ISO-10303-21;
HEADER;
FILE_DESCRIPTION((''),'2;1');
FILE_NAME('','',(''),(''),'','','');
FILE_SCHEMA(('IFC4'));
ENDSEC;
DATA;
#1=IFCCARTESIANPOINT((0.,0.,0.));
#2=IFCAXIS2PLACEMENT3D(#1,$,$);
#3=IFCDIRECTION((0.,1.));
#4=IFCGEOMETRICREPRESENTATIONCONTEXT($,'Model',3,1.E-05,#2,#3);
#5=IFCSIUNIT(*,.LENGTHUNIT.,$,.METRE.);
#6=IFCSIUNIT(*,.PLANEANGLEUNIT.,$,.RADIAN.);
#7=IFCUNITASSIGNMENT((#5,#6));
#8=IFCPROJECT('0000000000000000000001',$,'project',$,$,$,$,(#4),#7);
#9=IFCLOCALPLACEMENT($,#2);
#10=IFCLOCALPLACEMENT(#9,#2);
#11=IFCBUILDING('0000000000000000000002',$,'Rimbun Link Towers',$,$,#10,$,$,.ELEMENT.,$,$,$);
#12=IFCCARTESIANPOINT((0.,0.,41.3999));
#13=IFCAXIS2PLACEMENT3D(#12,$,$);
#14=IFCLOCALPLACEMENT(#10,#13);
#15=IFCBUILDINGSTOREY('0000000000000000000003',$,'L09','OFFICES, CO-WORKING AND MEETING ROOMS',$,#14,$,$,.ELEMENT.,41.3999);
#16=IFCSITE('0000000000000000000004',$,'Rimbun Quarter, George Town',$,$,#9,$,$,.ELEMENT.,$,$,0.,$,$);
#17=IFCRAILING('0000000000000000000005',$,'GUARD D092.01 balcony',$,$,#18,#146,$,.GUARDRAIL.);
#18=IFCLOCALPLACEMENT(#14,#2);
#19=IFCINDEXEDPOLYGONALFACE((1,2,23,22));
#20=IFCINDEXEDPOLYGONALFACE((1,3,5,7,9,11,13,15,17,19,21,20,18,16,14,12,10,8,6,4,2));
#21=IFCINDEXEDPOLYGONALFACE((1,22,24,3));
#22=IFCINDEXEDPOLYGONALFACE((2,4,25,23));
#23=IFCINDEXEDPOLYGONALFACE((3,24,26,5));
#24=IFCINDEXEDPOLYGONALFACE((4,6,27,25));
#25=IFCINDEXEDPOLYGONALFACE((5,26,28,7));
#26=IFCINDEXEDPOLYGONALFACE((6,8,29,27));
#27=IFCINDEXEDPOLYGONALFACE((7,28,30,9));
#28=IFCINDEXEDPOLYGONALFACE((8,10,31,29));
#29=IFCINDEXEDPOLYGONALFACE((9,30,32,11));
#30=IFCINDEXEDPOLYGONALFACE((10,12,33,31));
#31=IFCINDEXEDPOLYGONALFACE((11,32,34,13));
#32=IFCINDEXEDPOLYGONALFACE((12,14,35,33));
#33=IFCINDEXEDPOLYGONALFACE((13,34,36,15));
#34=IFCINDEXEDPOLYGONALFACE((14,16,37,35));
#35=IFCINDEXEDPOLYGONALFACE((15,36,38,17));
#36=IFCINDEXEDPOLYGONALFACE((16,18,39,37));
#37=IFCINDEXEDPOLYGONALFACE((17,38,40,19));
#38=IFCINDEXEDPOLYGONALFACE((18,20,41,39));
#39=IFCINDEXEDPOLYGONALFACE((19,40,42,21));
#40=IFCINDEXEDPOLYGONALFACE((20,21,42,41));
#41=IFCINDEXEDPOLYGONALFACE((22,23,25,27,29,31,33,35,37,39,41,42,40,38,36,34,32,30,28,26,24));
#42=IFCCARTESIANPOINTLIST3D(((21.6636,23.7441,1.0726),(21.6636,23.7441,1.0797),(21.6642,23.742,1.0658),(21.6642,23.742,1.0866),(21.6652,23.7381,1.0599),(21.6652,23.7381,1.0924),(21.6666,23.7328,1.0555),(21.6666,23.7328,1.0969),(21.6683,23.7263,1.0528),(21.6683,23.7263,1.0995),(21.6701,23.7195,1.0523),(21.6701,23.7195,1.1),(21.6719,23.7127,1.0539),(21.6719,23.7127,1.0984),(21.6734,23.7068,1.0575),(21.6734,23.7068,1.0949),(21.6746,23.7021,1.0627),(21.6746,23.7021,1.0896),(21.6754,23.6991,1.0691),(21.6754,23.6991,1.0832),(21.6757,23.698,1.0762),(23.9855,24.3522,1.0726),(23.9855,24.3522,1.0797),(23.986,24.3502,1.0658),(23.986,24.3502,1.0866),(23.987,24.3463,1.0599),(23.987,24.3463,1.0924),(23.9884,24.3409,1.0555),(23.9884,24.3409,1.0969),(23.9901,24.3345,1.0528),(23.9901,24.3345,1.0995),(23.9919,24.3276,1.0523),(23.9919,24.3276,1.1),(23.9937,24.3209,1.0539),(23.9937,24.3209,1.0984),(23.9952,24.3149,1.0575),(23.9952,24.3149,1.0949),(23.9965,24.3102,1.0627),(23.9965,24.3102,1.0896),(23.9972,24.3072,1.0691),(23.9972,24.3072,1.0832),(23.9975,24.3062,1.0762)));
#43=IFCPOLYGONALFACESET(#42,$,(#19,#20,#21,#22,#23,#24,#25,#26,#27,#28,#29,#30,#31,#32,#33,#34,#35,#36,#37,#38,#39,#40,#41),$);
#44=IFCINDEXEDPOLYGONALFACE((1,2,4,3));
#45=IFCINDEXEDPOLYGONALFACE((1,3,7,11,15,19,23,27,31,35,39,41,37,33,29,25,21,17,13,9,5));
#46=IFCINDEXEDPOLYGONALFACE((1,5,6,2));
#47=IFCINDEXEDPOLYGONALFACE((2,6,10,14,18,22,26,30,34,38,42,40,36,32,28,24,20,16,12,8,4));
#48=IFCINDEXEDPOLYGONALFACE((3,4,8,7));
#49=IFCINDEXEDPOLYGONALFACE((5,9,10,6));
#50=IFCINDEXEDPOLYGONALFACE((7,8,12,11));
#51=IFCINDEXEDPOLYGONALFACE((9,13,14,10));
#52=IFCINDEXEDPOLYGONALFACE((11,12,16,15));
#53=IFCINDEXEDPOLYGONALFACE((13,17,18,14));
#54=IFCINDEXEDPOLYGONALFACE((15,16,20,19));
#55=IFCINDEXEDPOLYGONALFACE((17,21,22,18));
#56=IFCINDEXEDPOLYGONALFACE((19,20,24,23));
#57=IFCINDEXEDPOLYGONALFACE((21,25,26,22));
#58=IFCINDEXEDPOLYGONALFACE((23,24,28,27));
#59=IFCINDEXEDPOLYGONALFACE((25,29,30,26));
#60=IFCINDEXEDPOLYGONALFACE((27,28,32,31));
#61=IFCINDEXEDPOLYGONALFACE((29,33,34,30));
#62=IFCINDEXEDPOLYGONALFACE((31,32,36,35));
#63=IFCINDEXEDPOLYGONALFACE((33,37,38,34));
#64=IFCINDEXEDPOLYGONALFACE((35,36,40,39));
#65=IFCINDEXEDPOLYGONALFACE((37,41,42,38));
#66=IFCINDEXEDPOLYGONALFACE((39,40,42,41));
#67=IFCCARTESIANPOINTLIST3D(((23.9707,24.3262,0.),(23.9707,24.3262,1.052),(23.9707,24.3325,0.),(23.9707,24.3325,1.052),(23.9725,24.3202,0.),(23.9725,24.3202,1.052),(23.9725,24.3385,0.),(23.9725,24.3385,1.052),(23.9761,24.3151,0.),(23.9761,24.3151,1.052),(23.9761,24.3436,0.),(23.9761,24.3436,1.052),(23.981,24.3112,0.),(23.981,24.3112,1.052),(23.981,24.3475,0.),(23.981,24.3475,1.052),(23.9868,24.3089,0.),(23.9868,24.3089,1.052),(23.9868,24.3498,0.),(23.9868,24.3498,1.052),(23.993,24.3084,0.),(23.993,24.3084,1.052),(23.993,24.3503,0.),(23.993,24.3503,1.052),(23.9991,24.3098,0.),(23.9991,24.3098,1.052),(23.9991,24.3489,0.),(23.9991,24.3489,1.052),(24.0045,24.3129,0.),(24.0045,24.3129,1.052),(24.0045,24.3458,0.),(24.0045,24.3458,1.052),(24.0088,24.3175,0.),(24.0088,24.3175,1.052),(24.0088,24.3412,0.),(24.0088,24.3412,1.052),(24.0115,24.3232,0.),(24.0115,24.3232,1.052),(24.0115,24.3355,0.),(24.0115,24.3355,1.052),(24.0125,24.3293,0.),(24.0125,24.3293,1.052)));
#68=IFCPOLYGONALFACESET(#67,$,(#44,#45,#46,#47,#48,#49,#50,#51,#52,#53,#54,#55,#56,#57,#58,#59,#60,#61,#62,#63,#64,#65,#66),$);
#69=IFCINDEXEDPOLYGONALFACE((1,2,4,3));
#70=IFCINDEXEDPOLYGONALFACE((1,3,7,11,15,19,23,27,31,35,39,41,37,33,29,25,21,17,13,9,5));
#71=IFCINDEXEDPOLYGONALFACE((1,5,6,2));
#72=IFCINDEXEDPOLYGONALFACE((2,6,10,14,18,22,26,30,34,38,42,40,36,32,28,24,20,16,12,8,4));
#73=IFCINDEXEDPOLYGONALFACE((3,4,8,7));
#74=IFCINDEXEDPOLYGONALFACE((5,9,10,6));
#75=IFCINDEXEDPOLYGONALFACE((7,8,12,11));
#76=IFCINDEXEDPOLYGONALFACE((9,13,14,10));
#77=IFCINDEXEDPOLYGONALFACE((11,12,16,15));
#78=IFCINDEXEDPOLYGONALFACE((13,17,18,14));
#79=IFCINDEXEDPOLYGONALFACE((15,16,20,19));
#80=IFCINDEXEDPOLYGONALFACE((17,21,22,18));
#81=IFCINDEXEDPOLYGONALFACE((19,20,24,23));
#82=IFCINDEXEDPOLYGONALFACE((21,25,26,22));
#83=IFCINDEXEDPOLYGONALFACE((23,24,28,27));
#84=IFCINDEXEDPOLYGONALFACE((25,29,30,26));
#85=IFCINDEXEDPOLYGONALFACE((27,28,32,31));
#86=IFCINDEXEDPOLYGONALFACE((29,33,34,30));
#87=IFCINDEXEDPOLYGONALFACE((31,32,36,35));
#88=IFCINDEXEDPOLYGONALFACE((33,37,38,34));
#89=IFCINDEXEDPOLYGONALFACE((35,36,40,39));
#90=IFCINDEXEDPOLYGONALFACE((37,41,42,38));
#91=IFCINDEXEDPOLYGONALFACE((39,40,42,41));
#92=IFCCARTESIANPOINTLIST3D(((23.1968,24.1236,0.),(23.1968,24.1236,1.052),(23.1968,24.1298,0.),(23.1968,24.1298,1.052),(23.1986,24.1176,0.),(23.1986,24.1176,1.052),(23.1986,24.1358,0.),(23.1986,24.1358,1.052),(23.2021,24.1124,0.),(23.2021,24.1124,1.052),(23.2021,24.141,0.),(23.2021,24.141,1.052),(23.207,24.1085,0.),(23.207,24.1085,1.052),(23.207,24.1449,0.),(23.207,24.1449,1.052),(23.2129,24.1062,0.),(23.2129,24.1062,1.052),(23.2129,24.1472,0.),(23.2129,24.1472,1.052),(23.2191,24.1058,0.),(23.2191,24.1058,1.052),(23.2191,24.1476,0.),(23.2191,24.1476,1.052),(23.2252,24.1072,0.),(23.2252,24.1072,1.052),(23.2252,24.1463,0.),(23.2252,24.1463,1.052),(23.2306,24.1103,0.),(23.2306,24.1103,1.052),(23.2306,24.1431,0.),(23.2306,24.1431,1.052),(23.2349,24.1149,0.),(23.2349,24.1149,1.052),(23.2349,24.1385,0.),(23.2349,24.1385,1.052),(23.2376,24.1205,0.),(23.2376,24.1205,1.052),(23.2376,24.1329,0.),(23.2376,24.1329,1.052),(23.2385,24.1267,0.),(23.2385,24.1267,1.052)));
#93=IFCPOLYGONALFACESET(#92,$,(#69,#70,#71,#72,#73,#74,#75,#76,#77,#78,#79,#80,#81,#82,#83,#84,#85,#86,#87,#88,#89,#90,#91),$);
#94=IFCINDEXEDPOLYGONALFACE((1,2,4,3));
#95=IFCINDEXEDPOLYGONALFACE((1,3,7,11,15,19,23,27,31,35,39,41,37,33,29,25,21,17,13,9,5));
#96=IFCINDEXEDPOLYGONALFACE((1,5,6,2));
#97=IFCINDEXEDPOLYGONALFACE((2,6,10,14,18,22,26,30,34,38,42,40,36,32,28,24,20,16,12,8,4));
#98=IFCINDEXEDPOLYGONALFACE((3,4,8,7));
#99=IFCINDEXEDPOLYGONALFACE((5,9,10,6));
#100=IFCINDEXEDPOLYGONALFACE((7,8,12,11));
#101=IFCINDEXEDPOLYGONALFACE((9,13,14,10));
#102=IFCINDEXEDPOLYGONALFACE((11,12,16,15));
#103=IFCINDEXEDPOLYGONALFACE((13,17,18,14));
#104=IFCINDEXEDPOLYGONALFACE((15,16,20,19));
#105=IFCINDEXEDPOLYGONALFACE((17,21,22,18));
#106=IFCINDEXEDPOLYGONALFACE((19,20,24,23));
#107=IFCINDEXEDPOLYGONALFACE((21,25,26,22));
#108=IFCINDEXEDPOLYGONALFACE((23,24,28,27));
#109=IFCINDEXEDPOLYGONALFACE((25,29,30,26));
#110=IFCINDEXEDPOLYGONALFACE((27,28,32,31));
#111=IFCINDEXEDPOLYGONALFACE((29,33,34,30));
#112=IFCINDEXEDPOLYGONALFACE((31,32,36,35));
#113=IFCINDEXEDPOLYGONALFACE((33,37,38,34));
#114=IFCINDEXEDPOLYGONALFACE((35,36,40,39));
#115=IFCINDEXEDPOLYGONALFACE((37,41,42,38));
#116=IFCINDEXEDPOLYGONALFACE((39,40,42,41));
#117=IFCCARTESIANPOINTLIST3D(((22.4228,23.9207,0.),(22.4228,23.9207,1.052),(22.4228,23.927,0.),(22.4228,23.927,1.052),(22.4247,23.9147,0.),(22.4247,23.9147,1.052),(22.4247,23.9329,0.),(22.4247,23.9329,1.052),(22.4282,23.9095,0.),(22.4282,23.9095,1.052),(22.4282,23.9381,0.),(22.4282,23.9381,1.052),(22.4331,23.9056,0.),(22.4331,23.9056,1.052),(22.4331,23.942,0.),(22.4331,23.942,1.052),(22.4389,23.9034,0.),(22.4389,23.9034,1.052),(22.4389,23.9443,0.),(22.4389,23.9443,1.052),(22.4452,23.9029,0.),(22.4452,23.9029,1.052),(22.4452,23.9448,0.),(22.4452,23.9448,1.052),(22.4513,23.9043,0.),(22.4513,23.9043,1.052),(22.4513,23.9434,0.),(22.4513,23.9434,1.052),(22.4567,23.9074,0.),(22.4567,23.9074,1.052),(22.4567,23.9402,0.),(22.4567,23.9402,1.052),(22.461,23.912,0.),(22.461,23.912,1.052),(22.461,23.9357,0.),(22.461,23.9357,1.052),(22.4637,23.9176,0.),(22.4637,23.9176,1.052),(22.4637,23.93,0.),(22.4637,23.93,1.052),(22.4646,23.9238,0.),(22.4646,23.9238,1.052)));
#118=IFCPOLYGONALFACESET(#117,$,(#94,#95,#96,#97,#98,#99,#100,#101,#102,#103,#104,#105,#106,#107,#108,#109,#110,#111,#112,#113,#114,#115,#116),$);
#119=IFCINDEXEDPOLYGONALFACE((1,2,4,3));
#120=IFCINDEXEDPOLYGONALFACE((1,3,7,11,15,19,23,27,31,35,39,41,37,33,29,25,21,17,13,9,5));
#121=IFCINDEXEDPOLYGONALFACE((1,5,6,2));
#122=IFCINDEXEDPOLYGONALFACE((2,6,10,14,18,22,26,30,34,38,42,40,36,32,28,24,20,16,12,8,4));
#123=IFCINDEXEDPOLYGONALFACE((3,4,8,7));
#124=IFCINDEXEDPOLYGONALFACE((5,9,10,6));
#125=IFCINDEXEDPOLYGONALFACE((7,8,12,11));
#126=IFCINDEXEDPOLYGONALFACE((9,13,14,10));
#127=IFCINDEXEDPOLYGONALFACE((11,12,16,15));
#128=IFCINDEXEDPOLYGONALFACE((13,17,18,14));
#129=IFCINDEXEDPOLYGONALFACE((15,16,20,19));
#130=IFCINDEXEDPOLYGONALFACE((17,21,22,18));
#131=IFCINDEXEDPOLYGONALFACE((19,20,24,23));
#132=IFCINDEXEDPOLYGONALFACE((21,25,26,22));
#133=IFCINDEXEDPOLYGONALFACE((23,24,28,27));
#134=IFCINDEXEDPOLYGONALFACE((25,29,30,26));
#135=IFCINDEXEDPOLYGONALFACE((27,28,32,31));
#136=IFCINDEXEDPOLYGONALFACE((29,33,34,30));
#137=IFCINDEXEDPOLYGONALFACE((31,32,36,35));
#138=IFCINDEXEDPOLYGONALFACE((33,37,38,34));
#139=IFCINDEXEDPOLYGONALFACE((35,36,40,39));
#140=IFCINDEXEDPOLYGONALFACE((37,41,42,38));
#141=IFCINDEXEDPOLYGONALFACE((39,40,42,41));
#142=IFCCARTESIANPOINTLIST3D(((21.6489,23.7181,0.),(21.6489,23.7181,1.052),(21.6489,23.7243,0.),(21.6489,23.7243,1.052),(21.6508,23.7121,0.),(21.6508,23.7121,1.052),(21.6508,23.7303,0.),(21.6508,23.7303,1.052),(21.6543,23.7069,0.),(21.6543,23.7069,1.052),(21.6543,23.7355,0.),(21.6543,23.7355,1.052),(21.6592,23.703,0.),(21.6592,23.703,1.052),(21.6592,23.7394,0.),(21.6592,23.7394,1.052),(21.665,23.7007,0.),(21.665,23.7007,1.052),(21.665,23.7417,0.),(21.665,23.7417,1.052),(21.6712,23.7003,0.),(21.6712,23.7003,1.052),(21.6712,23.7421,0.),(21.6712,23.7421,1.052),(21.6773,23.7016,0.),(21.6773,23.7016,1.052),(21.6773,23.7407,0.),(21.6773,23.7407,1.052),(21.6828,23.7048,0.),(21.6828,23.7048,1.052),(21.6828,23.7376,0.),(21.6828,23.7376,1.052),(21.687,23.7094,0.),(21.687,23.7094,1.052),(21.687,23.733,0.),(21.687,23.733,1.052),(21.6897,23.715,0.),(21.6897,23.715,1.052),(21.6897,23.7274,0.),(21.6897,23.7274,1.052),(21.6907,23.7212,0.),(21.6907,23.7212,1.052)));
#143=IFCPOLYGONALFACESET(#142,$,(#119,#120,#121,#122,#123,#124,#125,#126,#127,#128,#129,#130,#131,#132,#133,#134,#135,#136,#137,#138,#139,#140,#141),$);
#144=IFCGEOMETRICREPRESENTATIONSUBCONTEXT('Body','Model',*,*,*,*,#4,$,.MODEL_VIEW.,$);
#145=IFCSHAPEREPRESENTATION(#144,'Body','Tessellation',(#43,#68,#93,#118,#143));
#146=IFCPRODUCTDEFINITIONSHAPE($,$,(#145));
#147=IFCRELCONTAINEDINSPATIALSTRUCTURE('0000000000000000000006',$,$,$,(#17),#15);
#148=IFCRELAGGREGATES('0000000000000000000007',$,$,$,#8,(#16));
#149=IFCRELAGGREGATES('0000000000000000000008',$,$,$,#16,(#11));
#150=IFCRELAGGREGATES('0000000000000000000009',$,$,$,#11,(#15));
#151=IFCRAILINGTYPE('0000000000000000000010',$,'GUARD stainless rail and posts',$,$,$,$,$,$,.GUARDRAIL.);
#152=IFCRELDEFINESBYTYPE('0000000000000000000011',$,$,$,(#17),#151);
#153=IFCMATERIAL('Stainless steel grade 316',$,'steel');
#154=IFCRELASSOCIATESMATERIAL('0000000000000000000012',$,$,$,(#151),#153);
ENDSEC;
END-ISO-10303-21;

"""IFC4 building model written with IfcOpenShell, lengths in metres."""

from ifc_helpers import new_model, si_unit, direction, frame, origin, origin_2d, place, context, subcontext, project, spatial, circle, extrude, material, type_object, element, save


model = new_model("IFC4")

# Units and contexts
model_context = context("Model", 3, precision=1e-05, world=origin(), true_north=direction((0.0, 1.0)))
body_context = subcontext(model_context, "Body", "Model", "MODEL_VIEW")
ifc_project = project(units=[si_unit("LENGTHUNIT", "METRE"), si_unit("PLANEANGLEUNIT", "RADIAN")], contexts=[model_context])

# Site, building, storey
site_placement = place(None, origin())
site = spatial("IfcSite", under=ifc_project, at=site_placement, Name="Rimbun Quarter, George Town", CompositionType="ELEMENT", RefElevation=0.0)
building_placement = place(site_placement, origin())
building = spatial("IfcBuilding", under=site, at=building_placement, Name="Rimbun Link Towers", CompositionType="ELEMENT")
storey_placement = place(building_placement, frame((0.0, 0.0, 41.3999)))
storey = spatial("IfcBuildingStorey", under=building, at=storey_placement, Name="L09", Description="OFFICES, CO-WORKING AND MEETING ROOMS", CompositionType="ELEMENT", Elevation=41.3999)

# Railing
ifc_material_1 = material(Name="Stainless steel grade 316", Category="steel")
railing_type = type_object("IfcRailingType", Name="GUARD stainless rail and posts", PredefinedType="GUARDRAIL", material=ifc_material_1)
railing_1_placement = place(storey_placement, frame((23.9915, 24.3293, 0.0)))
element("IfcRailing", 1, at=railing_1_placement, inside=storey, type_object=railing_type, Name="GUARD D092.01 balcony", PredefinedType="GUARDRAIL", context=body_context, shape_type="SweptSolid", body=[
    extrude(circle(Radius=0.0239, at=origin_2d()), frame((0.0, 0.0, 1.0762), z_axis=(-0.967365, -0.253387, 0.0), x_axis=(0.253387, -0.967365, 0.0)), (0.0, 0.0, 1.0), 2.4001),
    extrude(circle(Radius=0.021, at=origin_2d()), origin(), (0.0, 0.0, 1.0), 1.052),
    extrude(circle(Radius=0.021, at=origin_2d()), frame((-0.7739, -0.2026, 0.0)), (0.0, 0.0, 1.0), 1.052),
    extrude(circle(Radius=0.021, at=origin_2d()), frame((-1.5479, -0.4055, 0.0)), (0.0, 0.0, 1.0), 1.052),
    extrude(circle(Radius=0.021, at=origin_2d()), frame((-2.3218, -0.6082, 0.0)), (0.0, 0.0, 1.0), 1.052),
])

save(model, "model.ifc")
